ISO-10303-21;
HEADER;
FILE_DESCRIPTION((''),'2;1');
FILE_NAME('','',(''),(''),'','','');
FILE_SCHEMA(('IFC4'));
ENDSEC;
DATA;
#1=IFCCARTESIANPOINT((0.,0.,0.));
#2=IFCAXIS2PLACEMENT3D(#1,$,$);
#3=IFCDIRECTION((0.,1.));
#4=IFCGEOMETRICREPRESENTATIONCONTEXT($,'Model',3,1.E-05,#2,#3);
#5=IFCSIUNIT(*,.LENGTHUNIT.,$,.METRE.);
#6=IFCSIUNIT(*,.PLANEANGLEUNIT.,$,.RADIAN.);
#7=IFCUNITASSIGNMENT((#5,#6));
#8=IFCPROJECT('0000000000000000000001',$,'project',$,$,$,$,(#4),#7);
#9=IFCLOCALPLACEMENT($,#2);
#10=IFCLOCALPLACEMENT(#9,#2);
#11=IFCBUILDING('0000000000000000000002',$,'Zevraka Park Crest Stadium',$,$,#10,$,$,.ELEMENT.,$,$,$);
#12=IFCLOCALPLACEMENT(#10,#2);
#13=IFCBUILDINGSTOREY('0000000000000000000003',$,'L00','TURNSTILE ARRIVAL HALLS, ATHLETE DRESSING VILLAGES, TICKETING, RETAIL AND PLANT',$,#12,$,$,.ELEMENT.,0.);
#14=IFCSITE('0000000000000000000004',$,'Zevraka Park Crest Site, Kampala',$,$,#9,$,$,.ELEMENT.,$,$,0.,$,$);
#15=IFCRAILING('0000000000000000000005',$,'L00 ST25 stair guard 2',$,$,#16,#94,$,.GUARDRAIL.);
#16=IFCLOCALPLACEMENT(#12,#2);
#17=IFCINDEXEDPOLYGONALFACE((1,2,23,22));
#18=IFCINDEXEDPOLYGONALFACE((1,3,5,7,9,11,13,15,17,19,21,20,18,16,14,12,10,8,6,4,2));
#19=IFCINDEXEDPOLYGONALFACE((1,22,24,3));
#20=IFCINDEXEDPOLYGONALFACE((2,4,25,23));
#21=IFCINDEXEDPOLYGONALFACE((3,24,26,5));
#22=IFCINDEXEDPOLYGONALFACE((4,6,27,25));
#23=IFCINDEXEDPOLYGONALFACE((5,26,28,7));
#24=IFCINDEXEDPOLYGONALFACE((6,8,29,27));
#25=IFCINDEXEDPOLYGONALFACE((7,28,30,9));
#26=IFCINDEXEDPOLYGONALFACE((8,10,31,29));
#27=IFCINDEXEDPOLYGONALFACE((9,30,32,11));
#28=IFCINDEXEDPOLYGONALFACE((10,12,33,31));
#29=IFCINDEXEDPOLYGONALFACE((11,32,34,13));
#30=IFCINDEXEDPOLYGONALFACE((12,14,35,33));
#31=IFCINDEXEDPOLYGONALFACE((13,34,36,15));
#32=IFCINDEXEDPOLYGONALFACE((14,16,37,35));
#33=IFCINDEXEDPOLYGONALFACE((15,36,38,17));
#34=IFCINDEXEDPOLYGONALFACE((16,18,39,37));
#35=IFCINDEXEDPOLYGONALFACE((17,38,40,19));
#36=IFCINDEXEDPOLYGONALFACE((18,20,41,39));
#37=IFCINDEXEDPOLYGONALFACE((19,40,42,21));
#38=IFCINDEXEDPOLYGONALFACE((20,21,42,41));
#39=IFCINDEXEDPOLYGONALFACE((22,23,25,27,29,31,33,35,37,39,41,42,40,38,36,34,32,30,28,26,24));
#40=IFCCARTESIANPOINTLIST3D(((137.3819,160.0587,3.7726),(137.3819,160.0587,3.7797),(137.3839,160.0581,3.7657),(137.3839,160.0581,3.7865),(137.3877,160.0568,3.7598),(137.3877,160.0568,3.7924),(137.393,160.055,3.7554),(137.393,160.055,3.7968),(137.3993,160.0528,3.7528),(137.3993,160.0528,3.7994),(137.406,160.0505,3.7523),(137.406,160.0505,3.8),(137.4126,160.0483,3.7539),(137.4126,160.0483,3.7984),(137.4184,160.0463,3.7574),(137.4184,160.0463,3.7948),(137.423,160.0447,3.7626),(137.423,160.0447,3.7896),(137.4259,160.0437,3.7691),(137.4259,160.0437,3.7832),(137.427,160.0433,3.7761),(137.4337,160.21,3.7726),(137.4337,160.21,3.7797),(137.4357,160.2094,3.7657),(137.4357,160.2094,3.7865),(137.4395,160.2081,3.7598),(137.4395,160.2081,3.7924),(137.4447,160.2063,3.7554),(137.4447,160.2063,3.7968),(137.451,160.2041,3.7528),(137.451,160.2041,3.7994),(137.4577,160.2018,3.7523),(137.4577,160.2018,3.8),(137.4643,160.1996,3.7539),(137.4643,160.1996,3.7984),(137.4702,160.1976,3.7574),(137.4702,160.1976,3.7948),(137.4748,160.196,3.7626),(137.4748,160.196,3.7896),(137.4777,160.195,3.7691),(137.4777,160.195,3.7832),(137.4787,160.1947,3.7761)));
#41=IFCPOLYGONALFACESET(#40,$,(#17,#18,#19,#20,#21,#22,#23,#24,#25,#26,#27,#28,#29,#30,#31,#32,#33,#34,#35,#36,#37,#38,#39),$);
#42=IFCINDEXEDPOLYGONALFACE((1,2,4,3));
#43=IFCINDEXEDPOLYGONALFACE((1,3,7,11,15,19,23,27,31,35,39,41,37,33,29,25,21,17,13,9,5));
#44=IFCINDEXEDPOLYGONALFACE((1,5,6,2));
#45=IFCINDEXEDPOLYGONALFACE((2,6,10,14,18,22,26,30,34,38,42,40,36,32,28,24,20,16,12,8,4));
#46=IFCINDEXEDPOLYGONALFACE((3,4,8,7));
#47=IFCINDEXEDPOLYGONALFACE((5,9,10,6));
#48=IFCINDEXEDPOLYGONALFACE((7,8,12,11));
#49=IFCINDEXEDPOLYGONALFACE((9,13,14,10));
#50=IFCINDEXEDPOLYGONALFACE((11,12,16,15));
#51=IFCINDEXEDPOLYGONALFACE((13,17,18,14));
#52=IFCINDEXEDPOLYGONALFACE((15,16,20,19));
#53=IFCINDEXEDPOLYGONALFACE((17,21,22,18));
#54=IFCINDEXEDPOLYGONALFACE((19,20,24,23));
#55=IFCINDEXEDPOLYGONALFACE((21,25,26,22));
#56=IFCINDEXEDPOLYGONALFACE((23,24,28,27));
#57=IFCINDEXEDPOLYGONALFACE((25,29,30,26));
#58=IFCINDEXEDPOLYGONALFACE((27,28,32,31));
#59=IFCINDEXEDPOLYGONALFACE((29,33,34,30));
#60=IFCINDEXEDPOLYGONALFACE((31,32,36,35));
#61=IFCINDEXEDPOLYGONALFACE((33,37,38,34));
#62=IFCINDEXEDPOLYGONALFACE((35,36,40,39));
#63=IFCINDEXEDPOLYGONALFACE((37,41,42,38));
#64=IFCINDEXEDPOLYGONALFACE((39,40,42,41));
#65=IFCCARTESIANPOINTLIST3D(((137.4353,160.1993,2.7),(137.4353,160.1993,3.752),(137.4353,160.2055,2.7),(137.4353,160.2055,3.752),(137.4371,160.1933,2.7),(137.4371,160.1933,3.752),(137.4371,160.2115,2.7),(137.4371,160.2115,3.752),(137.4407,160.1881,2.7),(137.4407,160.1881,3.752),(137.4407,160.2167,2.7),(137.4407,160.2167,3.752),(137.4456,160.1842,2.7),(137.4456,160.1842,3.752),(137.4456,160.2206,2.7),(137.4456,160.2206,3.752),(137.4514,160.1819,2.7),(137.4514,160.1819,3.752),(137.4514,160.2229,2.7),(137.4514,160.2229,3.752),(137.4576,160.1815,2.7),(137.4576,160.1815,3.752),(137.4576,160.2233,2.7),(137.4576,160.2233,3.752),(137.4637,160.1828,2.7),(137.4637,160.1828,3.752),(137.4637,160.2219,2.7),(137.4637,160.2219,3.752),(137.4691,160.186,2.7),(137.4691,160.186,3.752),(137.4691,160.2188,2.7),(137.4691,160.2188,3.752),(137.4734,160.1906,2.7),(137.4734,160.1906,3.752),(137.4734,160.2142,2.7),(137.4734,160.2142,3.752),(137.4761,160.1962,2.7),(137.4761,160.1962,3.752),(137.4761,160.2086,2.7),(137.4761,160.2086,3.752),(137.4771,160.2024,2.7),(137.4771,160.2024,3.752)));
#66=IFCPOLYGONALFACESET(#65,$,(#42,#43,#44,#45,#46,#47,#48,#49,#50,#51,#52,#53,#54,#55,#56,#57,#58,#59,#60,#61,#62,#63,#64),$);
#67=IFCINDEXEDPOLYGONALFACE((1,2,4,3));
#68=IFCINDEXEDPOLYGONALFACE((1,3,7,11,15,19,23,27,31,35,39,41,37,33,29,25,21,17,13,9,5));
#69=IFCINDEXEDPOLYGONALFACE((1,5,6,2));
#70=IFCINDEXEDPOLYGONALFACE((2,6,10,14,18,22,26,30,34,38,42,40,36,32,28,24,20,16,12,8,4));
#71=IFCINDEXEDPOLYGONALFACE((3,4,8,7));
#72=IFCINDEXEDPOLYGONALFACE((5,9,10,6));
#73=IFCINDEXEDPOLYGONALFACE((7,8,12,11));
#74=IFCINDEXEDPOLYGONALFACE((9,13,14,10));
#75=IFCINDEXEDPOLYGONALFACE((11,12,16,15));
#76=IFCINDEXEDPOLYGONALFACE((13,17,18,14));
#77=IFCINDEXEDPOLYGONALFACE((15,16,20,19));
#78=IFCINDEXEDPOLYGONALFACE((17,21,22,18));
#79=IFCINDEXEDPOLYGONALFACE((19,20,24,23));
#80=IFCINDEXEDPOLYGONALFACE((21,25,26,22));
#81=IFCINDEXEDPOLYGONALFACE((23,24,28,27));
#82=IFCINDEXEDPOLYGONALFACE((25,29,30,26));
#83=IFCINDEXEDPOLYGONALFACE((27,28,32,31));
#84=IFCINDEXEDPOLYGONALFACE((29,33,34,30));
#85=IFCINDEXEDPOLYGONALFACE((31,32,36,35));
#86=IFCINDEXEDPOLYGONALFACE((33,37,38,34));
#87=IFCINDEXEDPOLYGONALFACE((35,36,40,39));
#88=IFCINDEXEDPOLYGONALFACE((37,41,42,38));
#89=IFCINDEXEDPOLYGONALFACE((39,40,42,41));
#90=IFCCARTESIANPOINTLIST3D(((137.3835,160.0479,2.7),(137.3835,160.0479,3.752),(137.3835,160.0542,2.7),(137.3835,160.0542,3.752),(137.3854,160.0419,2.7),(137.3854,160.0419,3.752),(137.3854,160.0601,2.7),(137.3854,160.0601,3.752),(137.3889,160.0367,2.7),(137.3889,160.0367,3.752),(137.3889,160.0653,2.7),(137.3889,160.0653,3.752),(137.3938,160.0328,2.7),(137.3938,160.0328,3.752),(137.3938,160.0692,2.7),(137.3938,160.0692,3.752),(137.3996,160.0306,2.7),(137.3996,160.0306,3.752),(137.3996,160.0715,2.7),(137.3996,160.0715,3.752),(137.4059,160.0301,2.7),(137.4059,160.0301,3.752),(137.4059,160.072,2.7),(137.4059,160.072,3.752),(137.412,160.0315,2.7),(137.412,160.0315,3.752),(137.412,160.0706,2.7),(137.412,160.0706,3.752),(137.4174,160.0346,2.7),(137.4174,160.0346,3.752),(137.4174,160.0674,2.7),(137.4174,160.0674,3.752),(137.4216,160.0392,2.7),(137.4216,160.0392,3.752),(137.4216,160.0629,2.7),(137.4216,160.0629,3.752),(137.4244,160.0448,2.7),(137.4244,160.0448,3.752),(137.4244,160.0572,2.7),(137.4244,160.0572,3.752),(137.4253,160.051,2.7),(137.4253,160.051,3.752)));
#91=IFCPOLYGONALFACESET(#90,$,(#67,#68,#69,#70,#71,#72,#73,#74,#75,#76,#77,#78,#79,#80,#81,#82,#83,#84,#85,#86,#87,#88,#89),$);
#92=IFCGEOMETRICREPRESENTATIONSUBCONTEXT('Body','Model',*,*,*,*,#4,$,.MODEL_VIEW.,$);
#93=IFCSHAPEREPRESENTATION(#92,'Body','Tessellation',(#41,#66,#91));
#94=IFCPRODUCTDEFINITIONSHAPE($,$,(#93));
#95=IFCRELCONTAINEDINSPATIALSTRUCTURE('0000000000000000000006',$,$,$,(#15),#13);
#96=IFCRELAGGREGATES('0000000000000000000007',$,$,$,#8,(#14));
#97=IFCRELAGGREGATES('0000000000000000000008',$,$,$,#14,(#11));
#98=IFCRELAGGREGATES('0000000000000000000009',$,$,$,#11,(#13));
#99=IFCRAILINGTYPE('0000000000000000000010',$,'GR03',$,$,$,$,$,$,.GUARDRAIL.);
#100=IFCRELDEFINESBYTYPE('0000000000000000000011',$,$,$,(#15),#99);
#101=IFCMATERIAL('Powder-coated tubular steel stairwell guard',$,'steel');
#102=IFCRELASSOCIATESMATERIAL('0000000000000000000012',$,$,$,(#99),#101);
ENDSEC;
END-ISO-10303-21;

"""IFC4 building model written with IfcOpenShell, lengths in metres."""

from ifc_helpers import new_model, si_unit, direction, frame, origin, origin_2d, place, context, subcontext, project, spatial, circle, extrude, material, type_object, element, save


model = new_model("IFC4")

# Units and contexts
model_context = context("Model", 3, precision=1e-05, world=origin(), true_north=direction((0.0, 1.0)))
body_context = subcontext(model_context, "Body", "Model", "MODEL_VIEW")
ifc_project = project(units=[si_unit("LENGTHUNIT", "METRE"), si_unit("PLANEANGLEUNIT", "RADIAN")], contexts=[model_context])

# Site, building, storey
site_placement = place(None, origin())
site = spatial("IfcSite", under=ifc_project, at=site_placement, Name="Zevraka Park Crest Site, Kampala", CompositionType="ELEMENT", RefElevation=0.0)
building_placement = place(site_placement, origin())
building = spatial("IfcBuilding", under=site, at=building_placement, Name="Zevraka Park Crest Stadium", CompositionType="ELEMENT")
storey_placement = place(building_placement, origin())
storey = spatial("IfcBuildingStorey", under=building, at=storey_placement, Name="L00", Description="TURNSTILE ARRIVAL HALLS, ATHLETE DRESSING VILLAGES, TICKETING, RETAIL AND PLANT", CompositionType="ELEMENT", Elevation=0.0)

# Railing
ifc_material_1 = material(Name="Powder-coated tubular steel stairwell guard", Category="steel")
railing_type_1 = type_object("IfcRailingType", Name="GR03", PredefinedType="GUARDRAIL", material=ifc_material_1)
railing_1_placement = place(storey_placement, frame((137.4561, 160.2024, 2.7)))
element("IfcRailing", 1, at=railing_1_placement, inside=storey, type_object=railing_type_1, Name="L00 ST25 stair guard 2", PredefinedType="GUARDRAIL", context=body_context, shape_type="SweptSolid", body=[
    extrude(circle(Radius=0.0239, at=origin_2d()), frame((0.0, 0.0, 1.0762), z_axis=(-0.323544, -0.946213, 0.0), x_axis=(0.946213, -0.323544, 0.0)), (0.0, 0.0, 1.0), 0.1599),
    extrude(circle(Radius=0.021, at=origin_2d()), origin(), (0.0, 0.0, 1.0), 1.052),
    extrude(circle(Radius=0.021, at=origin_2d()), frame((-0.0518, -0.1514, 0.0)), (0.0, 0.0, 1.0), 1.052),
])

save(model, "model.ifc")
